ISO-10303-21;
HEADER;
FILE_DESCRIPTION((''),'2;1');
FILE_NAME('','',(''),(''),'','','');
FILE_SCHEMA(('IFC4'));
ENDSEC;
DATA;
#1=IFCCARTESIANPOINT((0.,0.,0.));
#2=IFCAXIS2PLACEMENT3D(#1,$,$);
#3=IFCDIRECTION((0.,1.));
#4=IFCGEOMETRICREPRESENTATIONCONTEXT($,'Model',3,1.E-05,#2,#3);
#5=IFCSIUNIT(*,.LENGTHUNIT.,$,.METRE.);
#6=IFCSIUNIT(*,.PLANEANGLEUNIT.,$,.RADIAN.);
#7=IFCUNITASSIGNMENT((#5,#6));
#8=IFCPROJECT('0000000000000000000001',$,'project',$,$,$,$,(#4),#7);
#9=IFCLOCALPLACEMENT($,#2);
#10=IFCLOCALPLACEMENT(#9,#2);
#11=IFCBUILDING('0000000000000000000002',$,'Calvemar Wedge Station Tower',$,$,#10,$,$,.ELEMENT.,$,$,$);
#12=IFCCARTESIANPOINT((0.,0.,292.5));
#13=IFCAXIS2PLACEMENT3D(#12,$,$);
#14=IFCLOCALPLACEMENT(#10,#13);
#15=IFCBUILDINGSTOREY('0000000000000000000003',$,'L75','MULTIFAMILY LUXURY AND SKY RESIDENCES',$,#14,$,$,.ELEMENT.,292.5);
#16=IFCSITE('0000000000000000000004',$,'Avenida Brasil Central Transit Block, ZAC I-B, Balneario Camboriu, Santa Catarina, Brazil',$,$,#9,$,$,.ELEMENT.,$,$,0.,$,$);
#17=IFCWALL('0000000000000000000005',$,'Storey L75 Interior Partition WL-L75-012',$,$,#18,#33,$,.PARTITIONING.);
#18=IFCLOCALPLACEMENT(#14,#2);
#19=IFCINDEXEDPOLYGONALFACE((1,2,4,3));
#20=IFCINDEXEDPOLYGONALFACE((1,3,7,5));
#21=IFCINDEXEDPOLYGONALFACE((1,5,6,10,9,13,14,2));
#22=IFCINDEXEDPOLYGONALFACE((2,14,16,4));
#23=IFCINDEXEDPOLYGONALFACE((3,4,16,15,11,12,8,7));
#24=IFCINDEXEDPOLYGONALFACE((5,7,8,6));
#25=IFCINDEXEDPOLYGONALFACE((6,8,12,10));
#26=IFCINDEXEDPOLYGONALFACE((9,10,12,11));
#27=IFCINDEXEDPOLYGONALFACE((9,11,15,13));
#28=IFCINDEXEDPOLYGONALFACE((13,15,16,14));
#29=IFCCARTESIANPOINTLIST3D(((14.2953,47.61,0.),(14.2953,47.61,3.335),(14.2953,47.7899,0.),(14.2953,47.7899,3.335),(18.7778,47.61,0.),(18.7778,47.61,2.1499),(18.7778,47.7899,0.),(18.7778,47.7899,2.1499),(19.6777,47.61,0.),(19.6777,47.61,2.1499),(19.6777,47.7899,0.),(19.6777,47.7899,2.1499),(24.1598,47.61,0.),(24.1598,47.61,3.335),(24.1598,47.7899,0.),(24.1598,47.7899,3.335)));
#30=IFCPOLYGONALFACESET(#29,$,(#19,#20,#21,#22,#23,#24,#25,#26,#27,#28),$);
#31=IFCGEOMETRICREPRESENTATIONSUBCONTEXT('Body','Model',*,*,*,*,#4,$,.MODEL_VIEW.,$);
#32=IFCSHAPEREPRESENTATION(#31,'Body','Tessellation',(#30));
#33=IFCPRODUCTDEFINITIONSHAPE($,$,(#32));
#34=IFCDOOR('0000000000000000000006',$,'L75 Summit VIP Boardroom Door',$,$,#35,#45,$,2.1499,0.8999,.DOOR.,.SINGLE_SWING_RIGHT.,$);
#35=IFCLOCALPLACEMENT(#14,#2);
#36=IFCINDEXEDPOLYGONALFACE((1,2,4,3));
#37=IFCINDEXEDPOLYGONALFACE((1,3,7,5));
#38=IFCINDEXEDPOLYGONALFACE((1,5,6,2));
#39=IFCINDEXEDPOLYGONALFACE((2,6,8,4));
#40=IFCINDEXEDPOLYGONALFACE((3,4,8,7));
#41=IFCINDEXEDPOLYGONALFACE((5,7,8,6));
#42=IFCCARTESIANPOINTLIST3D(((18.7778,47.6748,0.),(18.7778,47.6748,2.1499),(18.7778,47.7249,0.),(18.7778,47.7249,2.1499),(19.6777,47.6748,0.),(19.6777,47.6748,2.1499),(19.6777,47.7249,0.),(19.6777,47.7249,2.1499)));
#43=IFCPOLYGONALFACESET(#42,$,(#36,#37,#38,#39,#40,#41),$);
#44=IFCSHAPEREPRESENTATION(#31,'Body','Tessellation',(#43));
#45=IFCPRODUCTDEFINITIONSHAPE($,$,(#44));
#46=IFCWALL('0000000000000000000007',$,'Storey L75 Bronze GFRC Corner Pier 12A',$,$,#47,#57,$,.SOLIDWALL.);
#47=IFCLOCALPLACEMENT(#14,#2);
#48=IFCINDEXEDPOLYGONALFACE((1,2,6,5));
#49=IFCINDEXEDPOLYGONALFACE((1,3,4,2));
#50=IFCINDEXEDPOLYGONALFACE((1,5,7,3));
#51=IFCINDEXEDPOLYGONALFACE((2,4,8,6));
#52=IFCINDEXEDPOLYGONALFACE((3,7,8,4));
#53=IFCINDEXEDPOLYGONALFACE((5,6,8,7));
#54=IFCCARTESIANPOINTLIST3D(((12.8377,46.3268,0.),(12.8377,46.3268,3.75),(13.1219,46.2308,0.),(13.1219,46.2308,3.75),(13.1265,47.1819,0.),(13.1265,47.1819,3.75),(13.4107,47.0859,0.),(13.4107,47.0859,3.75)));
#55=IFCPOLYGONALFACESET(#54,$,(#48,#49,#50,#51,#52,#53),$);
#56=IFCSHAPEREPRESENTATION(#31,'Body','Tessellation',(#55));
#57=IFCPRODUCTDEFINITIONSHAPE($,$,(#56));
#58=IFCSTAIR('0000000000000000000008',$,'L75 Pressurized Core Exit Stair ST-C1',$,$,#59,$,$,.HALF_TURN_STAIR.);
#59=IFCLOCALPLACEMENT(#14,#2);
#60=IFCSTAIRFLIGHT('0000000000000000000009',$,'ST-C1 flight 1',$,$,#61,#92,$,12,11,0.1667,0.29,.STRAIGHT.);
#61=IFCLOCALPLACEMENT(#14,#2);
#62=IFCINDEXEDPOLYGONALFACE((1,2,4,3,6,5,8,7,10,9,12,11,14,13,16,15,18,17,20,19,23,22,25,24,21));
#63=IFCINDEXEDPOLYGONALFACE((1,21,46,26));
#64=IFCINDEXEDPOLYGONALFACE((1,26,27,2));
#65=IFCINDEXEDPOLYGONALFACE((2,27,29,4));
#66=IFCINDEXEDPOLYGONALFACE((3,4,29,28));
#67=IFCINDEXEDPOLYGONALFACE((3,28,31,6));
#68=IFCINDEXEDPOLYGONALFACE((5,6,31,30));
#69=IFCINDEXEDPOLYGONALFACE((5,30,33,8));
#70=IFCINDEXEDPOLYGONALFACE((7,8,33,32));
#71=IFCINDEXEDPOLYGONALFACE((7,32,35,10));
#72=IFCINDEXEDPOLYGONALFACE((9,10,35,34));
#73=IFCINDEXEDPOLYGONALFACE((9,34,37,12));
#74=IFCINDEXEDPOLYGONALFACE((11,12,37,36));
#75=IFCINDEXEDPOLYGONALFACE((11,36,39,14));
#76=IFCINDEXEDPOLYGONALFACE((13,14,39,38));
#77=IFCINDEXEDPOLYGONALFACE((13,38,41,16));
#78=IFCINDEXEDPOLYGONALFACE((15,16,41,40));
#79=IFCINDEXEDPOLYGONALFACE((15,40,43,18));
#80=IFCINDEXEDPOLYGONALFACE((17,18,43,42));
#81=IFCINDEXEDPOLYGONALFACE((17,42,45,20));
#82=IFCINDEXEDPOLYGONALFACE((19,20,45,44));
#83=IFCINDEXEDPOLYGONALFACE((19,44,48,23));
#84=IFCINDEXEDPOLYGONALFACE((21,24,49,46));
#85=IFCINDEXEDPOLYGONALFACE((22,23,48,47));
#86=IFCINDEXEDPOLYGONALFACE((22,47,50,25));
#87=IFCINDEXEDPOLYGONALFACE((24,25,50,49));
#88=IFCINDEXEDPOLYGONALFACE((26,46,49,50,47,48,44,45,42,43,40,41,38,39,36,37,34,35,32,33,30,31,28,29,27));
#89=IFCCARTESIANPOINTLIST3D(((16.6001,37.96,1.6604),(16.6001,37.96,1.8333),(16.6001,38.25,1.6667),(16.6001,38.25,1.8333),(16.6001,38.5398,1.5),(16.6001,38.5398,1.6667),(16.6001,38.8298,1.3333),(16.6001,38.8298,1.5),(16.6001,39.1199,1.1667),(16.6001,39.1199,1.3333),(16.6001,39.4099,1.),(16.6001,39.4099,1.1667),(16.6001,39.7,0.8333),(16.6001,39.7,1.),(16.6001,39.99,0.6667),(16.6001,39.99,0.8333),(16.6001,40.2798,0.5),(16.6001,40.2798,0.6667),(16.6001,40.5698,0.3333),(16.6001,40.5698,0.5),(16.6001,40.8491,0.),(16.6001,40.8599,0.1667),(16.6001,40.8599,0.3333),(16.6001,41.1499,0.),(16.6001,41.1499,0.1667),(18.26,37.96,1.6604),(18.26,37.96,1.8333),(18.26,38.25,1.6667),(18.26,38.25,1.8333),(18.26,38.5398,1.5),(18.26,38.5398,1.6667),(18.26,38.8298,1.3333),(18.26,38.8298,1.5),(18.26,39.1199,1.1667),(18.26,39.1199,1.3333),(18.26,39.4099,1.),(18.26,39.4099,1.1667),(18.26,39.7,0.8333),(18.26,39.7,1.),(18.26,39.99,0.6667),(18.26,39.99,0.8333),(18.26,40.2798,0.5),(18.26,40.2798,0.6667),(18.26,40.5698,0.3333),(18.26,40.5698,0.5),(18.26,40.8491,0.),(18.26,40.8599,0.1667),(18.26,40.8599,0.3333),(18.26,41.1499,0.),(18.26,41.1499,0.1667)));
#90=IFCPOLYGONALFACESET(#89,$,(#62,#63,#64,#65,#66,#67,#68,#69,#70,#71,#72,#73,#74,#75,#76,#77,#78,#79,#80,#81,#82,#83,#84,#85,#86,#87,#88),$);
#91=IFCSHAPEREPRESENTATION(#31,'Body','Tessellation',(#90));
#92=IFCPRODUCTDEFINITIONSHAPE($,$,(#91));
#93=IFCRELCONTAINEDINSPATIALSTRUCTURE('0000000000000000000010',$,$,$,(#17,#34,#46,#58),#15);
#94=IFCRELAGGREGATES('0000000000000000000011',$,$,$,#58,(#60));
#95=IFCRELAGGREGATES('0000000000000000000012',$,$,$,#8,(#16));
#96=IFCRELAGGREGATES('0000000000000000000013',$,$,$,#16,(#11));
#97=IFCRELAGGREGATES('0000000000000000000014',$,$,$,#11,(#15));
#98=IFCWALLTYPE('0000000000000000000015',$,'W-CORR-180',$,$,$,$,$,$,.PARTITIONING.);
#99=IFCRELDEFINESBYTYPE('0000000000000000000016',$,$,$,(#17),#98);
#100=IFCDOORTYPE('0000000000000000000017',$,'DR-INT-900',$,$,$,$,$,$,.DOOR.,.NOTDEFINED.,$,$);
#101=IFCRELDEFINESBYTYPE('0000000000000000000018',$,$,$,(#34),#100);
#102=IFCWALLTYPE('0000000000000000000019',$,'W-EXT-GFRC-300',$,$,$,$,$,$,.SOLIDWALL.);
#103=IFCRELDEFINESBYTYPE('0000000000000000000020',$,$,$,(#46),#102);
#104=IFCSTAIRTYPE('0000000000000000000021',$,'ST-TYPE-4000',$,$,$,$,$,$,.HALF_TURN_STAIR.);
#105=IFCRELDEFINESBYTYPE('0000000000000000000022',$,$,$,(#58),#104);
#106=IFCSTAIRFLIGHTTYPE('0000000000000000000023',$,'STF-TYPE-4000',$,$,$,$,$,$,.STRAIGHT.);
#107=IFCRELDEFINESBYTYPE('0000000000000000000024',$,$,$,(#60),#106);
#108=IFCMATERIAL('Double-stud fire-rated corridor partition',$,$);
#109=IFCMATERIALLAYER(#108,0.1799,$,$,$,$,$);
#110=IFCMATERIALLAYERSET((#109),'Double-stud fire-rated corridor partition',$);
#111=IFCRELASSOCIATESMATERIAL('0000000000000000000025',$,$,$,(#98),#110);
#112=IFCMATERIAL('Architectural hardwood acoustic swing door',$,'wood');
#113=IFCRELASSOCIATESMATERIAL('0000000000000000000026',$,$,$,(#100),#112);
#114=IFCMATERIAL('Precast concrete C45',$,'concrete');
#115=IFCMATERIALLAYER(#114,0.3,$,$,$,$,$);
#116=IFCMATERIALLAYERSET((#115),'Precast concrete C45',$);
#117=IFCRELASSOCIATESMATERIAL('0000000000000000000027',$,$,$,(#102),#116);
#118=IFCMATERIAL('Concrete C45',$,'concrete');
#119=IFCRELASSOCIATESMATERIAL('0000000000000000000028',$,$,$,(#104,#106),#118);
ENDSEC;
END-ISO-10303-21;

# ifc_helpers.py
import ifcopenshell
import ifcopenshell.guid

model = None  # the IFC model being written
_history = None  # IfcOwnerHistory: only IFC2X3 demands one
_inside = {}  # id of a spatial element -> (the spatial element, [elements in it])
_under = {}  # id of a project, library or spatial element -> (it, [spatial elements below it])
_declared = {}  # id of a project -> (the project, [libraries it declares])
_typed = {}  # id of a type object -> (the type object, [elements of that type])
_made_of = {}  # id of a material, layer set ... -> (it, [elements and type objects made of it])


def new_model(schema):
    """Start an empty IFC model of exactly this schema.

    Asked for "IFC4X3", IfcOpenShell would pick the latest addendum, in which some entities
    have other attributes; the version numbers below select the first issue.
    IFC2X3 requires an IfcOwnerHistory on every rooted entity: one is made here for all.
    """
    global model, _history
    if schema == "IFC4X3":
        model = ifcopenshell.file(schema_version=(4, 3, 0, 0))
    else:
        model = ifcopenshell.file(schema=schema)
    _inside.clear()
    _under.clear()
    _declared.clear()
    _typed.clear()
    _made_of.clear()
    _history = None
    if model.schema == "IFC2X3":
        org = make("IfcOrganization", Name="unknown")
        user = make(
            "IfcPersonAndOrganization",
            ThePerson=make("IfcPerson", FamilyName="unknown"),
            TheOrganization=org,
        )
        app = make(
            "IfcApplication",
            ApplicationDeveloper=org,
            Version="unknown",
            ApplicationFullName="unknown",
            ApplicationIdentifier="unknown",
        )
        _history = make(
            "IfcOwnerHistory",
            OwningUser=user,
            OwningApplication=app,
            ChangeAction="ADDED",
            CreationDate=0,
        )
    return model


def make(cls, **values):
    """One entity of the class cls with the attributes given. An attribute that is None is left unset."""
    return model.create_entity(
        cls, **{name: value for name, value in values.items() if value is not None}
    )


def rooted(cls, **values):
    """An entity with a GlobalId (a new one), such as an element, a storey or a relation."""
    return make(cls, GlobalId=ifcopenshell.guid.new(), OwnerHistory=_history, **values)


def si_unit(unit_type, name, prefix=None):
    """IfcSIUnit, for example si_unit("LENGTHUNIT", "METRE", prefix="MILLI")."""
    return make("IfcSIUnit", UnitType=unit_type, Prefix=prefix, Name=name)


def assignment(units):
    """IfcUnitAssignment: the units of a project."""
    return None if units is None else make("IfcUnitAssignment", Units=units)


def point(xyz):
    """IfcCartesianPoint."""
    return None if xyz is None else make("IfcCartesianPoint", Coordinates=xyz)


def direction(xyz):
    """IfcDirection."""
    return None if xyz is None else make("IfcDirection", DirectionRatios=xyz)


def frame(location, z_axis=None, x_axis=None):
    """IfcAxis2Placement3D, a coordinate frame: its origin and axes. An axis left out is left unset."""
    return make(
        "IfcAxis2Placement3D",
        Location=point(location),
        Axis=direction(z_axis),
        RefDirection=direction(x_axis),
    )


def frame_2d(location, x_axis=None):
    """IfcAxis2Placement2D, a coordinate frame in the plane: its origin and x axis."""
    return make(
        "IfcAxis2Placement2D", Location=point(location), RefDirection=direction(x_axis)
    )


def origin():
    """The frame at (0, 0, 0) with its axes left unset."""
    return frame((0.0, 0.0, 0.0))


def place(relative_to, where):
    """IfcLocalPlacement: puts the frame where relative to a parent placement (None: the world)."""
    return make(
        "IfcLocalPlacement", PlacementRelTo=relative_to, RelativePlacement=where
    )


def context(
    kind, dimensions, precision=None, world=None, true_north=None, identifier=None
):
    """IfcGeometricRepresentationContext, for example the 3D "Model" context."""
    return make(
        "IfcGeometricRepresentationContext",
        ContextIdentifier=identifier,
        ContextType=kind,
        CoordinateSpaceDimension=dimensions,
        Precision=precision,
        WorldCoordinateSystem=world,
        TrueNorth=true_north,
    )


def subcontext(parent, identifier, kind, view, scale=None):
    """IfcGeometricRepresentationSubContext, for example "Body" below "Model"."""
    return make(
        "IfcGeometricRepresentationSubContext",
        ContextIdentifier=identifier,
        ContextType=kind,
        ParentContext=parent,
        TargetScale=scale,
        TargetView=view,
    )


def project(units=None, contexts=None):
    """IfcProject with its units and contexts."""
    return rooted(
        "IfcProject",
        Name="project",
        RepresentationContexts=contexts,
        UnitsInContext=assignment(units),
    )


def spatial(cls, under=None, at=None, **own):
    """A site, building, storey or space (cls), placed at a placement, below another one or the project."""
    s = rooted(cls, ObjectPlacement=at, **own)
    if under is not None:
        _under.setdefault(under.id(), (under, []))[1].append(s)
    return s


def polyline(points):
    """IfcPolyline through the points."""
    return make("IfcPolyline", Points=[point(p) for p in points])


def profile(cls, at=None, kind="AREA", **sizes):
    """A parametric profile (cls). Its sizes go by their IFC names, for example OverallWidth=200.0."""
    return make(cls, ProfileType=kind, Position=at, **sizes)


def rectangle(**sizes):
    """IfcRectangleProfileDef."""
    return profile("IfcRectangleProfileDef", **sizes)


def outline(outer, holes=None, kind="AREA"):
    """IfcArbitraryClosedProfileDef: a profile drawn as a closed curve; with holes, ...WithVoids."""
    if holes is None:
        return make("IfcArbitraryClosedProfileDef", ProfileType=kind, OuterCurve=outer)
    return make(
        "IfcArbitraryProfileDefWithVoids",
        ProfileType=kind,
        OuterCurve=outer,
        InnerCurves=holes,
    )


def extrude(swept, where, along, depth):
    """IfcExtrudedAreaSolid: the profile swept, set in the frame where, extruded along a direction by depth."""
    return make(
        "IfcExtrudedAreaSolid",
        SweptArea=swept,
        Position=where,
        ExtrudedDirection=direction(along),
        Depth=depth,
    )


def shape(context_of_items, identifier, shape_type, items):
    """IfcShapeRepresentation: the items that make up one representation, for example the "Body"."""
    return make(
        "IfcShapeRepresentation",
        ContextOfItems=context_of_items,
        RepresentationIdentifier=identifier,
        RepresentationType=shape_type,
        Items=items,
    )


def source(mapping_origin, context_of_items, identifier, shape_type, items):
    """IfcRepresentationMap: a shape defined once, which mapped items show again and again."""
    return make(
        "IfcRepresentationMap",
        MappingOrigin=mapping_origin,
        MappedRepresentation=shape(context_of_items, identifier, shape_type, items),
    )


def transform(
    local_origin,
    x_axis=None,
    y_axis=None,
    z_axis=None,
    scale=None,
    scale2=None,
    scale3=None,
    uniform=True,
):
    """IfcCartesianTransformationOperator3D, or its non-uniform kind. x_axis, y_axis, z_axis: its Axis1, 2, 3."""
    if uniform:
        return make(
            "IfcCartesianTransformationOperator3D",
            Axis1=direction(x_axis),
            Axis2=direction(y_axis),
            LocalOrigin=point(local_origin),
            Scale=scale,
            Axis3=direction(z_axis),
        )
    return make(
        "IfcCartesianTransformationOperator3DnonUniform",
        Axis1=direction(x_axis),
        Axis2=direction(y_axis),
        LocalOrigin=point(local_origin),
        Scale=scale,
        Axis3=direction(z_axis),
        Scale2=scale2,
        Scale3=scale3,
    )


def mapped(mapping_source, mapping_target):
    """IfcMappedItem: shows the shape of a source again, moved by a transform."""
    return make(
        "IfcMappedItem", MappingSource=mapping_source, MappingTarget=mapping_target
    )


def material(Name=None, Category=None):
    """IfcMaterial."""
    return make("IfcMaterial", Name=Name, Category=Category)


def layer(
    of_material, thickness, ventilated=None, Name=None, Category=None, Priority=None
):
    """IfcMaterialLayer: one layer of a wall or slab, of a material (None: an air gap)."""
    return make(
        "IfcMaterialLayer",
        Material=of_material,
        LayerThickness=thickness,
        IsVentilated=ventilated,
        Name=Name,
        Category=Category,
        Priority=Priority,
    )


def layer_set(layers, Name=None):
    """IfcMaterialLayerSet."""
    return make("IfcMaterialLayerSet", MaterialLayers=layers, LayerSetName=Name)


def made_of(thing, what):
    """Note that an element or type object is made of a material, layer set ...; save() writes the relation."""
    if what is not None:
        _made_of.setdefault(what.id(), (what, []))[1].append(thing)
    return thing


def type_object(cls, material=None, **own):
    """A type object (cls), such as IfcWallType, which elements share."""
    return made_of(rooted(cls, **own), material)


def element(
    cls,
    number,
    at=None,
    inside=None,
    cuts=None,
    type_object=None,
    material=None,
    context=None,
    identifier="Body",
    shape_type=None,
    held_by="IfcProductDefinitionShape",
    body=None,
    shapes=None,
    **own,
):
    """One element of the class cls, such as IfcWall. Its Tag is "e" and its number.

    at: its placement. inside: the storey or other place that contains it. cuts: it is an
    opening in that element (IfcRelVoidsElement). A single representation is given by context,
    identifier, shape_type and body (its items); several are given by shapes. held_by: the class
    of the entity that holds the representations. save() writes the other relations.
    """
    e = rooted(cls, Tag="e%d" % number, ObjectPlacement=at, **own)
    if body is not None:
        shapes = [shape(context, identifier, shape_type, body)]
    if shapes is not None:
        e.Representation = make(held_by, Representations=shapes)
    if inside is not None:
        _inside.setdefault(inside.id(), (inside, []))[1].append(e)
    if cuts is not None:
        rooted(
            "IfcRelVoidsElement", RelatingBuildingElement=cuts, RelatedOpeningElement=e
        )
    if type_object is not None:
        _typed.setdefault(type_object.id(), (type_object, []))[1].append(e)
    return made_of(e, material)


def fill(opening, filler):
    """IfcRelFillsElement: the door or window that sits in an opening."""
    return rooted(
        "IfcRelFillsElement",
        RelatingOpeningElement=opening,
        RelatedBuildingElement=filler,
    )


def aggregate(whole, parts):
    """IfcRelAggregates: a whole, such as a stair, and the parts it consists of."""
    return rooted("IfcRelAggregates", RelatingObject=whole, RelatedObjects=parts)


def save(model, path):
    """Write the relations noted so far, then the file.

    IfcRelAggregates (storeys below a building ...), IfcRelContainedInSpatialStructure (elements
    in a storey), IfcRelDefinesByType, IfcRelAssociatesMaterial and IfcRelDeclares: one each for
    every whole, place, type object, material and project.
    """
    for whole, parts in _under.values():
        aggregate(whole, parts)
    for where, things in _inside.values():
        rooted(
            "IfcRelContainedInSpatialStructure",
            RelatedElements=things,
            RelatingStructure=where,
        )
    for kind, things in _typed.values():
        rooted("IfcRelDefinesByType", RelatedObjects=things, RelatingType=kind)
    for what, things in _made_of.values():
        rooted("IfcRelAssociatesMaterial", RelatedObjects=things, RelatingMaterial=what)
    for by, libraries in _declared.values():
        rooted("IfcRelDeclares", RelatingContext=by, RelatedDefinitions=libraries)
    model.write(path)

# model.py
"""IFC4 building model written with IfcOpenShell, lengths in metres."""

from ifc_helpers import new_model, si_unit, direction, frame, frame_2d, origin, place, context, subcontext, project, spatial, polyline, rectangle, outline, extrude, source, transform, mapped, material, layer, layer_set, type_object, element, fill, aggregate, save


model = new_model("IFC4")

# Units and contexts
model_context = context("Model", 3, precision=1e-05, world=origin(), true_north=direction((0.0, 1.0)))
body_context = subcontext(model_context, "Body", "Model", "MODEL_VIEW")
ifc_project = project(units=[si_unit("LENGTHUNIT", "METRE"), si_unit("PLANEANGLEUNIT", "RADIAN")], contexts=[model_context])

# Site, building, storey
site_placement = place(None, origin())
site = spatial("IfcSite", under=ifc_project, at=site_placement, Name="Avenida Brasil Central Transit Block, ZAC I-B, Balneario Camboriu, Santa Catarina, Brazil", CompositionType="ELEMENT", RefElevation=0.0)
building_placement = place(site_placement, origin())
building = spatial("IfcBuilding", under=site, at=building_placement, Name="Calvemar Wedge Station Tower", CompositionType="ELEMENT")
storey_placement = place(building_placement, frame((0.0, 0.0, 292.5)))
storey = spatial("IfcBuildingStorey", under=building, at=storey_placement, Name="L75", Description="MULTIFAMILY LUXURY AND SKY RESIDENCES", CompositionType="ELEMENT", Elevation=292.5)

# Shared definitions
ifc_material_1 = material(Name="Double-stud fire-rated corridor partition")
ifc_layer_1 = layer(ifc_material_1, 0.1799)
ifc_layer_set_1 = layer_set([ifc_layer_1], Name="Double-stud fire-rated corridor partition")
wall_type_1 = type_object("IfcWallType", Name="W-CORR-180", PredefinedType="PARTITIONING", material=ifc_layer_set_1)

# Wall, opening, door
wall_1_placement = place(storey_placement, frame((14.2954, 47.7, 0.0), z_axis=(0.0, 0.0, 1.0), x_axis=(1.0, 0.0, 0.0)))
wall_1 = element("IfcWall", 1, at=wall_1_placement, inside=storey, type_object=wall_type_1, Name="Storey L75 Interior Partition WL-L75-012", PredefinedType="PARTITIONING", context=body_context, shape_type="SweptSolid", body=[
    extrude(rectangle(XDim=9.8645, YDim=0.1799, at=frame_2d((4.9321, 0.0))), origin(), (0.0, 0.0, 1.0), 3.335),
])
shared_shape_1 = source(origin(), body_context, "Body", "SweptSolid", [
    extrude(rectangle(XDim=0.8999, YDim=2.1499, at=frame_2d((0.45, 1.075))), frame((0.0, 0.1001, 0.0), z_axis=(0.0, -1.0, 0.0), x_axis=(1.0, 0.0, 0.0)), (0.0, 0.0, 1.0), 0.2),
])
opening_placement = place(wall_1_placement, frame((4.4824, 0.0, 0.0)))
opening = element("IfcOpeningElement", 2, at=opening_placement, cuts=wall_1, PredefinedType="OPENING", context=body_context, shape_type="MappedRepresentation", body=[
    mapped(shared_shape_1, transform((0.0, 0.0, 0.0), scale=1.0)),
])
ifc_material_2 = material(Name="Architectural hardwood acoustic swing door", Category="wood")
door_type = type_object("IfcDoorType", Name="DR-INT-900", OperationType="NOTDEFINED", PredefinedType="DOOR", material=ifc_material_2)
shared_shape_2 = source(origin(), body_context, "Body", "SweptSolid", [
    extrude(rectangle(XDim=0.8999, YDim=2.1499, at=frame_2d((0.45, 1.075))), frame((0.0, 0.0249, 0.0), z_axis=(0.0, -1.0, 0.0), x_axis=(1.0, 0.0, 0.0)), (0.0, 0.0, 1.0), 0.05),
])
door_placement = place(opening_placement, origin())
door = element("IfcDoor", 3, at=door_placement, inside=storey, type_object=door_type, Name="L75 Summit VIP Boardroom Door", OperationType="SINGLE_SWING_RIGHT", OverallHeight=2.1499, OverallWidth=0.8999, PredefinedType="DOOR", context=body_context, shape_type="MappedRepresentation", body=[
    mapped(shared_shape_2, transform((0.0, 0.0, 0.0), scale=1.0)),
])
fill(opening, door)

# Wall
ifc_material_3 = material(Name="Precast concrete C45", Category="concrete")
ifc_layer_2 = layer(ifc_material_3, 0.3)
ifc_layer_set_2 = layer_set([ifc_layer_2], Name="Precast concrete C45")
wall_type_2 = type_object("IfcWallType", Name="W-EXT-GFRC-300", PredefinedType="SOLIDWALL", material=ifc_layer_set_2)
wall_2_placement = place(storey_placement, frame((13.2686, 47.1338, 0.0), z_axis=(0.0, 0.0, 1.0), x_axis=(-0.319958, -0.947432, 0.0)))
element("IfcWall", 4, at=wall_2_placement, inside=storey, type_object=wall_type_2, Name="Storey L75 Bronze GFRC Corner Pier 12A", PredefinedType="SOLIDWALL", context=body_context, shape_type="SweptSolid", body=[
    extrude(rectangle(XDim=0.9026, YDim=0.3, at=frame_2d((0.4512, 0.0))), origin(), (0.0, 0.0, 1.0), 3.75),
])

# Stair, stair flight
ifc_material_4 = material(Name="Concrete C45", Category="concrete")
stair_type = type_object("IfcStairType", Name="ST-TYPE-4000", PredefinedType="HALF_TURN_STAIR", material=ifc_material_4)
stair_placement = place(storey_placement, origin())
stair = element("IfcStair", 5, at=stair_placement, inside=storey, type_object=stair_type, Name="L75 Pressurized Core Exit Stair ST-C1", PredefinedType="HALF_TURN_STAIR")
stair_flight_type = type_object("IfcStairFlightType", Name="STF-TYPE-4000", PredefinedType="STRAIGHT", material=ifc_material_4)
stair_flight_placement = place(storey_placement, frame((17.4299, 41.1499, 0.0), z_axis=(0.0, 0.0, 1.0), x_axis=(0.0, -1.0, 0.0)))
stair_flight = element("IfcStairFlight", 6, at=stair_flight_placement, type_object=stair_flight_type, Name="ST-C1 flight 1", NumberOfRisers=12, NumberOfTreads=11, PredefinedType="STRAIGHT", RiserHeight=0.1667, TreadLength=0.29, context=body_context, shape_type="SweptSolid", body=[
    extrude(outline(polyline([(0.0, 0.0), (0.0, 0.1667), (0.29, 0.1667), (0.29, 0.3333), (0.5801, 0.3333), (0.5801, 0.5), (0.8701, 0.5), (0.8701, 0.6667), (1.1599, 0.6667), (1.1599, 0.8333), (1.45, 0.8333), (1.45, 1.0), (1.74, 1.0), (1.74, 1.1667), (2.03, 1.1667), (2.03, 1.3333), (2.3201, 1.3333), (2.3201, 1.5), (2.6101, 1.5), (2.6101, 1.6667), (2.8999, 1.6667), (2.8999, 1.8333), (3.1899, 1.8333), (3.1899, 2.0), (3.1899, 1.6604), (0.3008, 0.0), (0.0, 0.0)])), frame((0.0, 0.8301, 0.0), z_axis=(0.0, -1.0, 0.0), x_axis=(1.0, 0.0, 0.0)), (0.0, 0.0, 1.0), 1.6599),
])
aggregate(stair, [stair_flight])

save(model, "model.ifc")
